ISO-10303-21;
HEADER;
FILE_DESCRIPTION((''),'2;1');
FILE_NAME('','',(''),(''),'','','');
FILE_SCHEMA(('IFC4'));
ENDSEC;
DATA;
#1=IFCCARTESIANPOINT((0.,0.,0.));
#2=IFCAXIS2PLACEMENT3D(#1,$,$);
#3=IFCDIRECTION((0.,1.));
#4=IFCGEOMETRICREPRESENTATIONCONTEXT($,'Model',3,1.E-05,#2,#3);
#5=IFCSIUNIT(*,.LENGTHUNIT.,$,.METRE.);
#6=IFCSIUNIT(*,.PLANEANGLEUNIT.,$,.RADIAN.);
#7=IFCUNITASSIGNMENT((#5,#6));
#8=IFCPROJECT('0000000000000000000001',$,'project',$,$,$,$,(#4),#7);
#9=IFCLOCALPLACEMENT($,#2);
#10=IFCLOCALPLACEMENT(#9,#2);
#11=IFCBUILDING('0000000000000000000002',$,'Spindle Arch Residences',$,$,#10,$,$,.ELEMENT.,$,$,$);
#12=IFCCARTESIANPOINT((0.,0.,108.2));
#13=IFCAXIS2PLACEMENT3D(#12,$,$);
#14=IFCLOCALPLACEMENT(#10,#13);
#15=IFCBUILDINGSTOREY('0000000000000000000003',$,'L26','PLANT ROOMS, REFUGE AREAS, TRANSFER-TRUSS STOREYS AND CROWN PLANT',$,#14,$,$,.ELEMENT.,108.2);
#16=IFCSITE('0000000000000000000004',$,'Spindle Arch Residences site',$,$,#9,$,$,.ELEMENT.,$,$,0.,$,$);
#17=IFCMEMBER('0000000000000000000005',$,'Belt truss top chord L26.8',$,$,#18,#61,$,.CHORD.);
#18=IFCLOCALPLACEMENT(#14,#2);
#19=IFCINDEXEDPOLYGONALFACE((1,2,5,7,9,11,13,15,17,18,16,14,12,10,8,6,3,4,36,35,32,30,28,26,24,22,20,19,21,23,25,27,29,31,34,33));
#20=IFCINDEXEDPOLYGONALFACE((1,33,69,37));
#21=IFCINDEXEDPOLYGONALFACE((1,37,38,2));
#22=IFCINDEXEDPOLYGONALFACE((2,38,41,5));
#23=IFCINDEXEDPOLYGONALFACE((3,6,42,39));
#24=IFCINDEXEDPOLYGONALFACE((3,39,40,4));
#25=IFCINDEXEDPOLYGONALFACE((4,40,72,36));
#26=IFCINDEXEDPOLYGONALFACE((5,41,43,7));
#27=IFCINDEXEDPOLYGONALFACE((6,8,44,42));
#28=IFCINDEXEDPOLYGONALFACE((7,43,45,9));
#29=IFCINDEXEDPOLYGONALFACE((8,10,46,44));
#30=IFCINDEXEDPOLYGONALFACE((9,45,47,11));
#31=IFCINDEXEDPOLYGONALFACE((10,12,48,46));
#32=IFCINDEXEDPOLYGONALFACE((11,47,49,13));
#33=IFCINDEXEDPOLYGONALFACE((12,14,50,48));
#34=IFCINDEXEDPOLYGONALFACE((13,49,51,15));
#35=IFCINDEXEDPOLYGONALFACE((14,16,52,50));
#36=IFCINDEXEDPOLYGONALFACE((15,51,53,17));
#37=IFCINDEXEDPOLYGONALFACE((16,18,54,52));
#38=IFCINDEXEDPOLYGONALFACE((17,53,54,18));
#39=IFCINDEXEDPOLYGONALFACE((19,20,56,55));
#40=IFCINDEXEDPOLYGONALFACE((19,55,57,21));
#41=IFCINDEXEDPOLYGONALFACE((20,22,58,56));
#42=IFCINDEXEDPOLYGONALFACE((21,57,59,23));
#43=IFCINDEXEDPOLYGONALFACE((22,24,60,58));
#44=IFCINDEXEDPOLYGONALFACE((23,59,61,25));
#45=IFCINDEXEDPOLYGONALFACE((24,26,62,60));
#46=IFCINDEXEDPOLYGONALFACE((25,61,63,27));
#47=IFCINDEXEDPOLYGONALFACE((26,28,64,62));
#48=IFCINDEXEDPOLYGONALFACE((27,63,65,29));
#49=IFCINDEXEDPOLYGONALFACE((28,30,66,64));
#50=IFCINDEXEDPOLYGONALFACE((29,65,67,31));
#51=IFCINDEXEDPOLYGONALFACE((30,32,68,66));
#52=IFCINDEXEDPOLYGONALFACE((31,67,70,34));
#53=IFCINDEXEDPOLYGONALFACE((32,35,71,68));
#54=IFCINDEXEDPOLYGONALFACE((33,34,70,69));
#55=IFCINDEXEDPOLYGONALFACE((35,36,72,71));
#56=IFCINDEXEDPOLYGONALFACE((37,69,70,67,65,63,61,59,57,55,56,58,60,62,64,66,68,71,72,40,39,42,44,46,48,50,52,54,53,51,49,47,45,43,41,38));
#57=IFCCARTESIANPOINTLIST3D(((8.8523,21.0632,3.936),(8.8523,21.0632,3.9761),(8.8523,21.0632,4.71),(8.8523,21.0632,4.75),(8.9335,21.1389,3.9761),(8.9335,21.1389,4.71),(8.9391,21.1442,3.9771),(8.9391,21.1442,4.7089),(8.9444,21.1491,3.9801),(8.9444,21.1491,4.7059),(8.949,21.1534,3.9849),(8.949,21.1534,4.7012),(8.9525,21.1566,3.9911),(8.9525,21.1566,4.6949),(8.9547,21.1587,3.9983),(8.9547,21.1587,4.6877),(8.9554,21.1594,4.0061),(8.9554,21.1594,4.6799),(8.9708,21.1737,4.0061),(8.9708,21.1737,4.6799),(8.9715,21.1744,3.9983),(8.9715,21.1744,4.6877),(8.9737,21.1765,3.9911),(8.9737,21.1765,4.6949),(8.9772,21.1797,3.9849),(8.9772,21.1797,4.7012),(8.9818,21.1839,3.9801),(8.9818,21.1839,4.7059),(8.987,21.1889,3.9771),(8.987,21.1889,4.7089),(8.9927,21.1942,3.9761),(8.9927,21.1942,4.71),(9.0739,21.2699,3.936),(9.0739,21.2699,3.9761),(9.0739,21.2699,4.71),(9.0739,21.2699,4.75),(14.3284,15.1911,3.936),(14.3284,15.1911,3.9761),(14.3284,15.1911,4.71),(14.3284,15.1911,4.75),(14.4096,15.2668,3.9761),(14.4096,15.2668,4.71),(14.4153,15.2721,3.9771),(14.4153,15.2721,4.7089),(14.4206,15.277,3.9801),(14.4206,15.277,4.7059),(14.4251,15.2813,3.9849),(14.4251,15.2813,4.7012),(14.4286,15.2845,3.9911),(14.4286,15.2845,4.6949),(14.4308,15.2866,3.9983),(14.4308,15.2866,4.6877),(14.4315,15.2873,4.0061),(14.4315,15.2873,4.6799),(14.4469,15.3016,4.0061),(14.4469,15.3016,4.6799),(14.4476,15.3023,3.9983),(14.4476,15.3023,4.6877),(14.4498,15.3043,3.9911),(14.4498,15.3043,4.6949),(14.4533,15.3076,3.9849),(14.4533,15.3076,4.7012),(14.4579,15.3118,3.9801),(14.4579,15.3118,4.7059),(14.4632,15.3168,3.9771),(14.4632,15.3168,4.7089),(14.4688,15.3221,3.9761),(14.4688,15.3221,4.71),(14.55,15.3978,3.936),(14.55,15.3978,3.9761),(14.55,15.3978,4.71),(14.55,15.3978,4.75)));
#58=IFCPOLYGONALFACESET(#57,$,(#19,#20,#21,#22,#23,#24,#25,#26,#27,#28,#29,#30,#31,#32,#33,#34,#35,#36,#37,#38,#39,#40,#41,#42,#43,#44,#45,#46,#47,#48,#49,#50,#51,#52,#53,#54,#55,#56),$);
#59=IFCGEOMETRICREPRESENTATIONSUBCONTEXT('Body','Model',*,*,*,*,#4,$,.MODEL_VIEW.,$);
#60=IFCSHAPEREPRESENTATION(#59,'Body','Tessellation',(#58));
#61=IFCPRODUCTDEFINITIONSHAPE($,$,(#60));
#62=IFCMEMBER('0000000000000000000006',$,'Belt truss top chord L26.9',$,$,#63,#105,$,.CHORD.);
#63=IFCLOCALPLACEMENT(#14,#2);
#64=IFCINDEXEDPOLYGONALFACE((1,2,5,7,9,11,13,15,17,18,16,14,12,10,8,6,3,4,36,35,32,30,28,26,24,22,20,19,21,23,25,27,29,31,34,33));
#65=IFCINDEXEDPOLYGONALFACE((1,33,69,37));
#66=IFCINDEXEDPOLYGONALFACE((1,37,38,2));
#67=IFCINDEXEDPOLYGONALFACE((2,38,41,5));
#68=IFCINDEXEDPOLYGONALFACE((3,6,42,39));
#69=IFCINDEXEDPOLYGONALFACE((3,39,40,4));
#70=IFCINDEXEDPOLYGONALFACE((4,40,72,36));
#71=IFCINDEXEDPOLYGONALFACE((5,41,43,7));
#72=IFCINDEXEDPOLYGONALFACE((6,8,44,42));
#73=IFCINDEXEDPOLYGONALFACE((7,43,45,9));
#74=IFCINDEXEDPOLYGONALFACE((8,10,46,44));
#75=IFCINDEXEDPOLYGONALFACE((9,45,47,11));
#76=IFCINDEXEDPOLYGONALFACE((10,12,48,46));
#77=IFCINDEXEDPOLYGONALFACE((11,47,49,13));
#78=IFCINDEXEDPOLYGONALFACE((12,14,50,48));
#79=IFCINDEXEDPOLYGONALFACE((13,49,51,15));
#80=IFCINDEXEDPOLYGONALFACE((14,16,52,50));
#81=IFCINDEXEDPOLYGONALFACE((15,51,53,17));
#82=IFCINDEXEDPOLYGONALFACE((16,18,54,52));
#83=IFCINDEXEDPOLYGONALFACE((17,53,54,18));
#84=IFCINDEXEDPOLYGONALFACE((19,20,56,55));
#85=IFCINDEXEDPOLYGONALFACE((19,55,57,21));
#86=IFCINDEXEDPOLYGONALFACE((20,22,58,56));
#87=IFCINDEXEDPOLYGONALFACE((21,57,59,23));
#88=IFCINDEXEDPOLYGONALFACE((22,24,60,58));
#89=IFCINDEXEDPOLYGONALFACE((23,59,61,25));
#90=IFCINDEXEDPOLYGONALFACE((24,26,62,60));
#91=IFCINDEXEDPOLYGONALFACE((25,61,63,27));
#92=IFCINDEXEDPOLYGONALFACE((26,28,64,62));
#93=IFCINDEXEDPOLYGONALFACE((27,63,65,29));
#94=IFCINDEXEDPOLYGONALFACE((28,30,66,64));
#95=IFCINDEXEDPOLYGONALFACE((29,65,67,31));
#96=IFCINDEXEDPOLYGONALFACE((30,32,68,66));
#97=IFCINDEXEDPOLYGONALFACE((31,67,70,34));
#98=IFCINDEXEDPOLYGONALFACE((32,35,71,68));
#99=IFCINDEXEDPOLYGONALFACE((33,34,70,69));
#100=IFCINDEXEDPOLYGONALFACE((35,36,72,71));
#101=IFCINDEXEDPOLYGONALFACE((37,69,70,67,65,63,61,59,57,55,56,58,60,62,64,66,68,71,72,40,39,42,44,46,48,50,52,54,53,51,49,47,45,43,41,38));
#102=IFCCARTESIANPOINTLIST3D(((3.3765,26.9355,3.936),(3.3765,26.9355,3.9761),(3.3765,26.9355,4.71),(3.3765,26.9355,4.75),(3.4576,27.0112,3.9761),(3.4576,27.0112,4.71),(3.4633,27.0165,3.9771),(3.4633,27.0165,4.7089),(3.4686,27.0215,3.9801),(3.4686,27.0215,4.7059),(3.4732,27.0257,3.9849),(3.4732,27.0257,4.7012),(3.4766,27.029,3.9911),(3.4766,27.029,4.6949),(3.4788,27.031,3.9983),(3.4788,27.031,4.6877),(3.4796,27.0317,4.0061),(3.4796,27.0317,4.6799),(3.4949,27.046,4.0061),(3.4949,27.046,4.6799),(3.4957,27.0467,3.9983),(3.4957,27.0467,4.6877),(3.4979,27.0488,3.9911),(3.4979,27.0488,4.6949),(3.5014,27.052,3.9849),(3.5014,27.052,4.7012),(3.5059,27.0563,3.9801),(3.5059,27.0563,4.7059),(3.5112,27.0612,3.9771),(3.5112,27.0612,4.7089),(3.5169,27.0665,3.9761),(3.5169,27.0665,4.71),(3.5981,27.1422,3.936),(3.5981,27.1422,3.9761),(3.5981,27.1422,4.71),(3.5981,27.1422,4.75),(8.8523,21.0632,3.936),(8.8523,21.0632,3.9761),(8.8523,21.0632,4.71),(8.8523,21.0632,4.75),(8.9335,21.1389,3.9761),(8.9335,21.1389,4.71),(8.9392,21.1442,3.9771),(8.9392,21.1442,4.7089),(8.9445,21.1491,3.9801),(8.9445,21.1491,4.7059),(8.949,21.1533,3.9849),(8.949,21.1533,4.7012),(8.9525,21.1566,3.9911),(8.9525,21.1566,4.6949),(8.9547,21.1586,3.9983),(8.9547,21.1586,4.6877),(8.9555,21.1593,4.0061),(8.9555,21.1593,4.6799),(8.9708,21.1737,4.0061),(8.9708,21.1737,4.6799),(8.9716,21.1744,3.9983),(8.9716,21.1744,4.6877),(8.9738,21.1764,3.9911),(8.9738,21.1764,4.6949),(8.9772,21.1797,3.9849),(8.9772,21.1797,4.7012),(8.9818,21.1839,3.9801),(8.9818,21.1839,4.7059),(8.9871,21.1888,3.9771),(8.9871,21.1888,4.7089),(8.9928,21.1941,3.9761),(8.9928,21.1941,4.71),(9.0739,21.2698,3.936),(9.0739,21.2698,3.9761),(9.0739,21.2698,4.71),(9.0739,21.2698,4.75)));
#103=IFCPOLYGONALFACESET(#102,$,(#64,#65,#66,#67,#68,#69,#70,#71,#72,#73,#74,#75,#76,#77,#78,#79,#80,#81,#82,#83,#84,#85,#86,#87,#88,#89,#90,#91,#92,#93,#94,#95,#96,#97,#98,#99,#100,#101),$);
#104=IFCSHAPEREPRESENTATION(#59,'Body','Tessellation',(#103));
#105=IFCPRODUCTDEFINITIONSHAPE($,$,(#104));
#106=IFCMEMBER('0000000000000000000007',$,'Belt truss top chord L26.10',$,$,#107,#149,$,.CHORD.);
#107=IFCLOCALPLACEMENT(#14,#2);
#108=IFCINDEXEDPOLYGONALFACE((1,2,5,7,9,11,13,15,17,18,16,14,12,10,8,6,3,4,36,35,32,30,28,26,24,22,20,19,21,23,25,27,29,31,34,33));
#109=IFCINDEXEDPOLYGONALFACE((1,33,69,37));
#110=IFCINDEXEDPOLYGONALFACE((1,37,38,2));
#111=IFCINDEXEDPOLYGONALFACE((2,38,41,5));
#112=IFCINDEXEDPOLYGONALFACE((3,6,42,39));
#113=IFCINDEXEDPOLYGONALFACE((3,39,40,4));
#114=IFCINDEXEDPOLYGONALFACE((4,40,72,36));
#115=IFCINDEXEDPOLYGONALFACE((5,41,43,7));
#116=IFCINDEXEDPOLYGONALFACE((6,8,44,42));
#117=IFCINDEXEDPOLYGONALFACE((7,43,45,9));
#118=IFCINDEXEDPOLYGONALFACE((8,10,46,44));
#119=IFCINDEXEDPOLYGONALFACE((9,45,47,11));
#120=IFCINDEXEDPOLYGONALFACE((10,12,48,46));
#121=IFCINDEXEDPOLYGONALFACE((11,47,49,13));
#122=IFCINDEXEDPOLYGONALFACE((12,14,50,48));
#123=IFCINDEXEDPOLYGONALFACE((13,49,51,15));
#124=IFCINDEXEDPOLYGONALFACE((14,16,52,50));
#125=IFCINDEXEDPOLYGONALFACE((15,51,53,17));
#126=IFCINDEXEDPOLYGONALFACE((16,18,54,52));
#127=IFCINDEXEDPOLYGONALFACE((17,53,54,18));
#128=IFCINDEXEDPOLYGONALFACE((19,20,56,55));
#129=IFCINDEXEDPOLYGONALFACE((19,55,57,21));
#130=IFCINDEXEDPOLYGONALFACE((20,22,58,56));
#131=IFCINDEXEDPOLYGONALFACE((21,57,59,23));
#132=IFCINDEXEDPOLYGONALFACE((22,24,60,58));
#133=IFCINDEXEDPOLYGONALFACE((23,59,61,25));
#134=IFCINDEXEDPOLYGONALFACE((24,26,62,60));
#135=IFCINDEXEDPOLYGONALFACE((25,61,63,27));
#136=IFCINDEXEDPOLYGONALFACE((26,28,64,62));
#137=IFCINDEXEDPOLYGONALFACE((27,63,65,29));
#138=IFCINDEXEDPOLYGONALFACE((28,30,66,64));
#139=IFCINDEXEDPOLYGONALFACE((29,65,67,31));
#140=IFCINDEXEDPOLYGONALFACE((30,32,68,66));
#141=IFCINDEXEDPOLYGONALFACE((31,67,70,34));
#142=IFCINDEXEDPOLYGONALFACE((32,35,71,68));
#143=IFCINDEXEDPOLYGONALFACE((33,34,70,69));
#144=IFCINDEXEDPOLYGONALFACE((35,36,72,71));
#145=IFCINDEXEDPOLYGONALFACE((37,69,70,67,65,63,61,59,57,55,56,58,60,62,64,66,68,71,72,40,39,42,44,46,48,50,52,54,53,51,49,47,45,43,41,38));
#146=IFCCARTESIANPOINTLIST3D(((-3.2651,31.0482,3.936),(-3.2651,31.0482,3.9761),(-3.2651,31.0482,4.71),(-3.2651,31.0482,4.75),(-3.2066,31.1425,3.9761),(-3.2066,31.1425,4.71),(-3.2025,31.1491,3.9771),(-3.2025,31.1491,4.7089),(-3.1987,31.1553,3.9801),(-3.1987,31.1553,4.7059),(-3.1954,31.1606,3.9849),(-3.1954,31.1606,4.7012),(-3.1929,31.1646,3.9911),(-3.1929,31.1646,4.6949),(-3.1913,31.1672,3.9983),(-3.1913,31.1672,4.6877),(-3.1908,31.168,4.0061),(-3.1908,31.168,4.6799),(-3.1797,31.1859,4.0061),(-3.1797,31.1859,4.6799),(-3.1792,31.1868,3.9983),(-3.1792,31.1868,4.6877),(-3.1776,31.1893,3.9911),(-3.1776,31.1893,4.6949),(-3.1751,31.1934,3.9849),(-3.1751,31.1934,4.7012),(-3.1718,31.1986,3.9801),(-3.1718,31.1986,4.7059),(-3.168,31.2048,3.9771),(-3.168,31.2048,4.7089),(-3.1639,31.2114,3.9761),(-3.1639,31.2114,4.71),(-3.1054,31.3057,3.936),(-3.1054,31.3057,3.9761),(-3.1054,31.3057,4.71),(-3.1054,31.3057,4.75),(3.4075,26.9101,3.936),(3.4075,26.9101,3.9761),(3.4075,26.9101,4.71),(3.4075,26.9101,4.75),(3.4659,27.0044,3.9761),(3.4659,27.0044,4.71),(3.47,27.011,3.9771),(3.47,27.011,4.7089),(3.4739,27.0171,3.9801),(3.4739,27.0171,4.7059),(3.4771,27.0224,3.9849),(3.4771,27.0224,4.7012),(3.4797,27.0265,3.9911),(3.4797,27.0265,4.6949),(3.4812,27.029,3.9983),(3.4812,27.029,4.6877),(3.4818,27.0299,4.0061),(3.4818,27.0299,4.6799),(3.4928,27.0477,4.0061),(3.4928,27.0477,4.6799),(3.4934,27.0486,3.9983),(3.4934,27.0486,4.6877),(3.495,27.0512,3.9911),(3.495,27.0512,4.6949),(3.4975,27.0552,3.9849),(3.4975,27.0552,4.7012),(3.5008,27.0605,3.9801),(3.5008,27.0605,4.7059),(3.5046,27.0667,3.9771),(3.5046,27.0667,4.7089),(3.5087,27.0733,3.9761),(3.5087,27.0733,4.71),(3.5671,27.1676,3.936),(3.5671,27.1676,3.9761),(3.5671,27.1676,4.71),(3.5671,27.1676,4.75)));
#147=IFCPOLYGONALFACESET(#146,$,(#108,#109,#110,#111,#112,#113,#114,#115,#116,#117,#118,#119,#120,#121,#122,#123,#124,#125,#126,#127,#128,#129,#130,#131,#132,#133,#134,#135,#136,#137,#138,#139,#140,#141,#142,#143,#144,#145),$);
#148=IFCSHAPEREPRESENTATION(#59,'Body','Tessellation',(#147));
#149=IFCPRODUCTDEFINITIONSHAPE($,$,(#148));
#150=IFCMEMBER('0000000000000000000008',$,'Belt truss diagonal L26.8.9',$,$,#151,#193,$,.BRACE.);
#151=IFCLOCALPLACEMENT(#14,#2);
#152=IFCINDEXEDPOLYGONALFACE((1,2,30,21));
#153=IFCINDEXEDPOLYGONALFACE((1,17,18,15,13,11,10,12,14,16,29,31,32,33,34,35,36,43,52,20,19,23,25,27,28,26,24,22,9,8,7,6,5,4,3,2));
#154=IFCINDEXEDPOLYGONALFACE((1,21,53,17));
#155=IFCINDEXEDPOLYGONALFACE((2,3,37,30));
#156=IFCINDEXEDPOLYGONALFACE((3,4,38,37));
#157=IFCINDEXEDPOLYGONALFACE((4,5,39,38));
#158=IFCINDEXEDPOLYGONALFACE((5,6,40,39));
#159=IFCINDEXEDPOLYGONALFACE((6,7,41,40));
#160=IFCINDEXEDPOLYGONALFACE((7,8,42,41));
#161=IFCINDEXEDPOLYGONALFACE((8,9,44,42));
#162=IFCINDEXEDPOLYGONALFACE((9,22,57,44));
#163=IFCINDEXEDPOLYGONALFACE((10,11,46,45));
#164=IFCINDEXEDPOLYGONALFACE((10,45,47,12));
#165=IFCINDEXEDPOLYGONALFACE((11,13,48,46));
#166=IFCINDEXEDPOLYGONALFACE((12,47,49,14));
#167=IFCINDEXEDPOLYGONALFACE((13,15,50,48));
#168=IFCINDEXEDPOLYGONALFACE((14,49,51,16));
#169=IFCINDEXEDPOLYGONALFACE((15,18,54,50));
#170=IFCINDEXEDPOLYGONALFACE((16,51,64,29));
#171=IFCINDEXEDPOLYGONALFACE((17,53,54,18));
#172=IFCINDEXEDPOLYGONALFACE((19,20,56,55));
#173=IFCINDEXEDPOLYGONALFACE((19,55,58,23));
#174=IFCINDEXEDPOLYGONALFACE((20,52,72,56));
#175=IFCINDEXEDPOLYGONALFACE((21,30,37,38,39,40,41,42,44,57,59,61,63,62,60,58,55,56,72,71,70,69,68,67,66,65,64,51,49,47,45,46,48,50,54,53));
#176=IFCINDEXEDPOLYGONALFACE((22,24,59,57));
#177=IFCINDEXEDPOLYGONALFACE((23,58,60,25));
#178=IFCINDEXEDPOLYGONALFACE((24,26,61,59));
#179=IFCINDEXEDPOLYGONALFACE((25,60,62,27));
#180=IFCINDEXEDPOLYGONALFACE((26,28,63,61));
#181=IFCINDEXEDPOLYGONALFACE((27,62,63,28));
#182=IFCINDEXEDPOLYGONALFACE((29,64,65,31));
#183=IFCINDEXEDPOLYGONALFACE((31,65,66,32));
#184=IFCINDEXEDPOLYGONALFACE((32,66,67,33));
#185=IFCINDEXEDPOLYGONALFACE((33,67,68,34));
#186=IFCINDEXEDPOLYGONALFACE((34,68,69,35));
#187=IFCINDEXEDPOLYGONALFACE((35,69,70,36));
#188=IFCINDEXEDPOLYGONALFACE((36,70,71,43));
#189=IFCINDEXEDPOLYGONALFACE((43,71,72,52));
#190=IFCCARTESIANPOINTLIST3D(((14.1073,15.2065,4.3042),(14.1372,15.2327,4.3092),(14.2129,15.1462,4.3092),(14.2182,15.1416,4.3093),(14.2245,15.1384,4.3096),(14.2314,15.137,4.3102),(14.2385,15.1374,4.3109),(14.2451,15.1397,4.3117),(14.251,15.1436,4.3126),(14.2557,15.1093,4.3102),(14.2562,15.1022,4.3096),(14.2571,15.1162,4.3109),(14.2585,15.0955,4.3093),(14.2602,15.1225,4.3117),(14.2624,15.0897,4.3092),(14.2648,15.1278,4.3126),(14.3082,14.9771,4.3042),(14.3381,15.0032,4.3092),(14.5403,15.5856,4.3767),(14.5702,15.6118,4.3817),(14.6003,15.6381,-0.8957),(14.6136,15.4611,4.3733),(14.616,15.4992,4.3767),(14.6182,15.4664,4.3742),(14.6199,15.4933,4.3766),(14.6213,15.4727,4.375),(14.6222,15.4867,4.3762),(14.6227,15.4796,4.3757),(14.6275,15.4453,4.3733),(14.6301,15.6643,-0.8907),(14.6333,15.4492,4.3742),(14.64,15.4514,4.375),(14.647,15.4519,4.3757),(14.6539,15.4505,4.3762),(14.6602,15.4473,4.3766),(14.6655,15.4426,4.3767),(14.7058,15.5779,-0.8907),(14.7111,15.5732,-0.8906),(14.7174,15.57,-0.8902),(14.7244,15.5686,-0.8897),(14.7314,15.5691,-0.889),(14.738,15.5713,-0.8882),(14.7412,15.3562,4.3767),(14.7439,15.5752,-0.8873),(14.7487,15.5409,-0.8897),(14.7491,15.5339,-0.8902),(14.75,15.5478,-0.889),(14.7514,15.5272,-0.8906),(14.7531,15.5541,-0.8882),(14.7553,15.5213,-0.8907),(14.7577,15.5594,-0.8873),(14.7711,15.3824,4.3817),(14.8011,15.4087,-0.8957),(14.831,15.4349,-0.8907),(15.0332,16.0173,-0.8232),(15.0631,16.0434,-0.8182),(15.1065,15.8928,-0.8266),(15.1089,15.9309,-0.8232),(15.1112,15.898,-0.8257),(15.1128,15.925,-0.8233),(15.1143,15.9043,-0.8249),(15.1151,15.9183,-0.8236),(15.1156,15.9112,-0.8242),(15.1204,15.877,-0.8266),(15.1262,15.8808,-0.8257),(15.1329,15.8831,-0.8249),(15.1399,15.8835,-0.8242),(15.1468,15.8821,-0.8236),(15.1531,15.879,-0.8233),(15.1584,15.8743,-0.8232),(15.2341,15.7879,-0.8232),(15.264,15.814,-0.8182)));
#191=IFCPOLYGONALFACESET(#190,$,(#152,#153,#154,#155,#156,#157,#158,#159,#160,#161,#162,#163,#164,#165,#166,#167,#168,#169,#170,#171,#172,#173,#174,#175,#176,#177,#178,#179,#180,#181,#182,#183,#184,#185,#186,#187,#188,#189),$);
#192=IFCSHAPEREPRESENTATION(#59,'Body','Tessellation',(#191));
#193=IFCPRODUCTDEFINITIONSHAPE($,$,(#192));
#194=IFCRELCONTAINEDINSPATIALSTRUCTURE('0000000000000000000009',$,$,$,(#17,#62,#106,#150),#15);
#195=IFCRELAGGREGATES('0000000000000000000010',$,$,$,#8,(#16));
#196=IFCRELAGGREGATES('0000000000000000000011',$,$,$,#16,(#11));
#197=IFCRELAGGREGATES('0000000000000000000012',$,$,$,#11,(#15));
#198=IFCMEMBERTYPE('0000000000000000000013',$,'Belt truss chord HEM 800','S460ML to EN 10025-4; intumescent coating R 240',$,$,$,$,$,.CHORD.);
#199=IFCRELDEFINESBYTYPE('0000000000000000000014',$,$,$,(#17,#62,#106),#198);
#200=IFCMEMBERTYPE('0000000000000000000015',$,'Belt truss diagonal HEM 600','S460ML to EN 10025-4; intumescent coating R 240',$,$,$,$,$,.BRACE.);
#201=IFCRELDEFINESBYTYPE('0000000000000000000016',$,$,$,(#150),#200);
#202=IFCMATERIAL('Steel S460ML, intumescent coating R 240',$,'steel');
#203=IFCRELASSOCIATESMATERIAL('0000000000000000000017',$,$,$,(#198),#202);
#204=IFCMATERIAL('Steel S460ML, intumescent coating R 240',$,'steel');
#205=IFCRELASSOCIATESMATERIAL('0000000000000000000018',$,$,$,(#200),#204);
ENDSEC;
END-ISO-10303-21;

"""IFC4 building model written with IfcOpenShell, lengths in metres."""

from ifc_helpers import new_model, si_unit, direction, frame, origin, origin_2d, place, context, subcontext, project, spatial, i_section, extrude, material, material_profile, profile_set, type_object, element, save


model = new_model("IFC4")

# Units and contexts
model_context = context("Model", 3, precision=1e-05, world=origin(), true_north=direction((0.0, 1.0)))
body_context = subcontext(model_context, "Body", "Model", "MODEL_VIEW")
ifc_project = project(units=[si_unit("LENGTHUNIT", "METRE"), si_unit("PLANEANGLEUNIT", "RADIAN")], contexts=[model_context])

# Site, building, storey
site_placement = place(None, origin())
site = spatial("IfcSite", under=ifc_project, at=site_placement, Name="Spindle Arch Residences site", CompositionType="ELEMENT", RefElevation=0.0)
building_placement = place(site_placement, origin())
building = spatial("IfcBuilding", under=site, at=building_placement, Name="Spindle Arch Residences", CompositionType="ELEMENT")
storey_placement = place(building_placement, frame((0.0, 0.0, 108.2)))
storey = spatial("IfcBuildingStorey", under=building, at=storey_placement, Name="L26", Description="PLANT ROOMS, REFUGE AREAS, TRANSFER-TRUSS STOREYS AND CROWN PLANT", CompositionType="ELEMENT", Elevation=108.2)

# Members
ifc_material_1 = material(Name="Steel S460ML, intumescent coating R 240", Category="steel")
ifc_material_profile_1 = material_profile(ifc_material_1, i_section(OverallWidth=0.303, OverallDepth=0.814, WebThickness=0.021, FlangeThickness=0.04, FilletRadius=0.03, at=origin_2d()), Name="HEM 800")
ifc_profile_set_1 = profile_set([ifc_material_profile_1], Name="Steel S460ML, intumescent coating R 240")
member_type_1 = type_object("IfcMemberType", Name="Belt truss chord HEM 800", Description="S460ML to EN 10025-4; intumescent coating R 240", PredefinedType="CHORD", material=ifc_profile_set_1)
for number, where, z_axis, x_axis, name in (
    (1, (14.4392, 15.2944, 4.343), (-0.682017, 0.731336, 0.0), (-0.731336, -0.682017, 0.0), "Belt truss top chord L26.8"),
    (2, (8.9631, 21.1665, 4.343), (-0.681986, 0.731366, 0.0), (-0.731366, -0.681986, 0.0), "Belt truss top chord L26.9"),
):
    element("IfcMember", number, at=place(storey_placement, frame(where, z_axis=z_axis, x_axis=x_axis)), inside=storey, type_object=member_type_1, Name=name, PredefinedType="CHORD", context=body_context, shape_type="SweptSolid", body=[
        extrude(i_section(OverallWidth=0.303, OverallDepth=0.814, WebThickness=0.021, FlangeThickness=0.04, FilletRadius=0.03, at=origin_2d()), origin(), (0.0, 0.0, 1.0), 8.0293),
    ])
member_1_placement = place(storey_placement, frame((3.4873, 27.0388, 4.343), z_axis=(-0.849836, 0.527047, 0.0), x_axis=(-0.527047, -0.849836, 0.0)))
element("IfcMember", 3, at=member_1_placement, inside=storey, type_object=member_type_1, Name="Belt truss top chord L26.10", PredefinedType="CHORD", context=body_context, shape_type="SweptSolid", body=[
    extrude(i_section(OverallWidth=0.303, OverallDepth=0.814, WebThickness=0.021, FlangeThickness=0.04, FilletRadius=0.03, at=origin_2d()), origin(), (0.0, 0.0, 1.0), 7.8516),
])
ifc_material_2 = material(Name="Steel S460ML, intumescent coating R 240", Category="steel")
ifc_material_profile_2 = material_profile(ifc_material_2, i_section(OverallWidth=0.3049, OverallDepth=0.6201, WebThickness=0.021, FlangeThickness=0.04, FilletRadius=0.0271, at=origin_2d()), Name="HEM 600")
ifc_profile_set_2 = profile_set([ifc_material_profile_2], Name="Steel S460ML, intumescent coating R 240")
member_type_2 = type_object("IfcMemberType", Name="Belt truss diagonal HEM 600", Description="S460ML to EN 10025-4; intumescent coating R 240", PredefinedType="BRACE", material=ifc_profile_set_2)
member_2_placement = place(storey_placement, frame((14.9321, 15.7261, -0.8569), z_axis=(-0.09405, -0.082357, 0.992155), x_axis=(0.658795, -0.752323, 0.0)))
element("IfcMember", 4, at=member_2_placement, inside=storey, type_object=member_type_2, Name="Belt truss diagonal L26.8.9", PredefinedType="BRACE", context=body_context, shape_type="SweptSolid", body=[
    extrude(i_section(OverallWidth=0.3049, OverallDepth=0.6201, WebThickness=0.021, FlangeThickness=0.04, FilletRadius=0.0271, at=origin_2d()), origin(), (0.0, 0.0, 1.0), 5.241),
])

save(model, "model.ifc")
